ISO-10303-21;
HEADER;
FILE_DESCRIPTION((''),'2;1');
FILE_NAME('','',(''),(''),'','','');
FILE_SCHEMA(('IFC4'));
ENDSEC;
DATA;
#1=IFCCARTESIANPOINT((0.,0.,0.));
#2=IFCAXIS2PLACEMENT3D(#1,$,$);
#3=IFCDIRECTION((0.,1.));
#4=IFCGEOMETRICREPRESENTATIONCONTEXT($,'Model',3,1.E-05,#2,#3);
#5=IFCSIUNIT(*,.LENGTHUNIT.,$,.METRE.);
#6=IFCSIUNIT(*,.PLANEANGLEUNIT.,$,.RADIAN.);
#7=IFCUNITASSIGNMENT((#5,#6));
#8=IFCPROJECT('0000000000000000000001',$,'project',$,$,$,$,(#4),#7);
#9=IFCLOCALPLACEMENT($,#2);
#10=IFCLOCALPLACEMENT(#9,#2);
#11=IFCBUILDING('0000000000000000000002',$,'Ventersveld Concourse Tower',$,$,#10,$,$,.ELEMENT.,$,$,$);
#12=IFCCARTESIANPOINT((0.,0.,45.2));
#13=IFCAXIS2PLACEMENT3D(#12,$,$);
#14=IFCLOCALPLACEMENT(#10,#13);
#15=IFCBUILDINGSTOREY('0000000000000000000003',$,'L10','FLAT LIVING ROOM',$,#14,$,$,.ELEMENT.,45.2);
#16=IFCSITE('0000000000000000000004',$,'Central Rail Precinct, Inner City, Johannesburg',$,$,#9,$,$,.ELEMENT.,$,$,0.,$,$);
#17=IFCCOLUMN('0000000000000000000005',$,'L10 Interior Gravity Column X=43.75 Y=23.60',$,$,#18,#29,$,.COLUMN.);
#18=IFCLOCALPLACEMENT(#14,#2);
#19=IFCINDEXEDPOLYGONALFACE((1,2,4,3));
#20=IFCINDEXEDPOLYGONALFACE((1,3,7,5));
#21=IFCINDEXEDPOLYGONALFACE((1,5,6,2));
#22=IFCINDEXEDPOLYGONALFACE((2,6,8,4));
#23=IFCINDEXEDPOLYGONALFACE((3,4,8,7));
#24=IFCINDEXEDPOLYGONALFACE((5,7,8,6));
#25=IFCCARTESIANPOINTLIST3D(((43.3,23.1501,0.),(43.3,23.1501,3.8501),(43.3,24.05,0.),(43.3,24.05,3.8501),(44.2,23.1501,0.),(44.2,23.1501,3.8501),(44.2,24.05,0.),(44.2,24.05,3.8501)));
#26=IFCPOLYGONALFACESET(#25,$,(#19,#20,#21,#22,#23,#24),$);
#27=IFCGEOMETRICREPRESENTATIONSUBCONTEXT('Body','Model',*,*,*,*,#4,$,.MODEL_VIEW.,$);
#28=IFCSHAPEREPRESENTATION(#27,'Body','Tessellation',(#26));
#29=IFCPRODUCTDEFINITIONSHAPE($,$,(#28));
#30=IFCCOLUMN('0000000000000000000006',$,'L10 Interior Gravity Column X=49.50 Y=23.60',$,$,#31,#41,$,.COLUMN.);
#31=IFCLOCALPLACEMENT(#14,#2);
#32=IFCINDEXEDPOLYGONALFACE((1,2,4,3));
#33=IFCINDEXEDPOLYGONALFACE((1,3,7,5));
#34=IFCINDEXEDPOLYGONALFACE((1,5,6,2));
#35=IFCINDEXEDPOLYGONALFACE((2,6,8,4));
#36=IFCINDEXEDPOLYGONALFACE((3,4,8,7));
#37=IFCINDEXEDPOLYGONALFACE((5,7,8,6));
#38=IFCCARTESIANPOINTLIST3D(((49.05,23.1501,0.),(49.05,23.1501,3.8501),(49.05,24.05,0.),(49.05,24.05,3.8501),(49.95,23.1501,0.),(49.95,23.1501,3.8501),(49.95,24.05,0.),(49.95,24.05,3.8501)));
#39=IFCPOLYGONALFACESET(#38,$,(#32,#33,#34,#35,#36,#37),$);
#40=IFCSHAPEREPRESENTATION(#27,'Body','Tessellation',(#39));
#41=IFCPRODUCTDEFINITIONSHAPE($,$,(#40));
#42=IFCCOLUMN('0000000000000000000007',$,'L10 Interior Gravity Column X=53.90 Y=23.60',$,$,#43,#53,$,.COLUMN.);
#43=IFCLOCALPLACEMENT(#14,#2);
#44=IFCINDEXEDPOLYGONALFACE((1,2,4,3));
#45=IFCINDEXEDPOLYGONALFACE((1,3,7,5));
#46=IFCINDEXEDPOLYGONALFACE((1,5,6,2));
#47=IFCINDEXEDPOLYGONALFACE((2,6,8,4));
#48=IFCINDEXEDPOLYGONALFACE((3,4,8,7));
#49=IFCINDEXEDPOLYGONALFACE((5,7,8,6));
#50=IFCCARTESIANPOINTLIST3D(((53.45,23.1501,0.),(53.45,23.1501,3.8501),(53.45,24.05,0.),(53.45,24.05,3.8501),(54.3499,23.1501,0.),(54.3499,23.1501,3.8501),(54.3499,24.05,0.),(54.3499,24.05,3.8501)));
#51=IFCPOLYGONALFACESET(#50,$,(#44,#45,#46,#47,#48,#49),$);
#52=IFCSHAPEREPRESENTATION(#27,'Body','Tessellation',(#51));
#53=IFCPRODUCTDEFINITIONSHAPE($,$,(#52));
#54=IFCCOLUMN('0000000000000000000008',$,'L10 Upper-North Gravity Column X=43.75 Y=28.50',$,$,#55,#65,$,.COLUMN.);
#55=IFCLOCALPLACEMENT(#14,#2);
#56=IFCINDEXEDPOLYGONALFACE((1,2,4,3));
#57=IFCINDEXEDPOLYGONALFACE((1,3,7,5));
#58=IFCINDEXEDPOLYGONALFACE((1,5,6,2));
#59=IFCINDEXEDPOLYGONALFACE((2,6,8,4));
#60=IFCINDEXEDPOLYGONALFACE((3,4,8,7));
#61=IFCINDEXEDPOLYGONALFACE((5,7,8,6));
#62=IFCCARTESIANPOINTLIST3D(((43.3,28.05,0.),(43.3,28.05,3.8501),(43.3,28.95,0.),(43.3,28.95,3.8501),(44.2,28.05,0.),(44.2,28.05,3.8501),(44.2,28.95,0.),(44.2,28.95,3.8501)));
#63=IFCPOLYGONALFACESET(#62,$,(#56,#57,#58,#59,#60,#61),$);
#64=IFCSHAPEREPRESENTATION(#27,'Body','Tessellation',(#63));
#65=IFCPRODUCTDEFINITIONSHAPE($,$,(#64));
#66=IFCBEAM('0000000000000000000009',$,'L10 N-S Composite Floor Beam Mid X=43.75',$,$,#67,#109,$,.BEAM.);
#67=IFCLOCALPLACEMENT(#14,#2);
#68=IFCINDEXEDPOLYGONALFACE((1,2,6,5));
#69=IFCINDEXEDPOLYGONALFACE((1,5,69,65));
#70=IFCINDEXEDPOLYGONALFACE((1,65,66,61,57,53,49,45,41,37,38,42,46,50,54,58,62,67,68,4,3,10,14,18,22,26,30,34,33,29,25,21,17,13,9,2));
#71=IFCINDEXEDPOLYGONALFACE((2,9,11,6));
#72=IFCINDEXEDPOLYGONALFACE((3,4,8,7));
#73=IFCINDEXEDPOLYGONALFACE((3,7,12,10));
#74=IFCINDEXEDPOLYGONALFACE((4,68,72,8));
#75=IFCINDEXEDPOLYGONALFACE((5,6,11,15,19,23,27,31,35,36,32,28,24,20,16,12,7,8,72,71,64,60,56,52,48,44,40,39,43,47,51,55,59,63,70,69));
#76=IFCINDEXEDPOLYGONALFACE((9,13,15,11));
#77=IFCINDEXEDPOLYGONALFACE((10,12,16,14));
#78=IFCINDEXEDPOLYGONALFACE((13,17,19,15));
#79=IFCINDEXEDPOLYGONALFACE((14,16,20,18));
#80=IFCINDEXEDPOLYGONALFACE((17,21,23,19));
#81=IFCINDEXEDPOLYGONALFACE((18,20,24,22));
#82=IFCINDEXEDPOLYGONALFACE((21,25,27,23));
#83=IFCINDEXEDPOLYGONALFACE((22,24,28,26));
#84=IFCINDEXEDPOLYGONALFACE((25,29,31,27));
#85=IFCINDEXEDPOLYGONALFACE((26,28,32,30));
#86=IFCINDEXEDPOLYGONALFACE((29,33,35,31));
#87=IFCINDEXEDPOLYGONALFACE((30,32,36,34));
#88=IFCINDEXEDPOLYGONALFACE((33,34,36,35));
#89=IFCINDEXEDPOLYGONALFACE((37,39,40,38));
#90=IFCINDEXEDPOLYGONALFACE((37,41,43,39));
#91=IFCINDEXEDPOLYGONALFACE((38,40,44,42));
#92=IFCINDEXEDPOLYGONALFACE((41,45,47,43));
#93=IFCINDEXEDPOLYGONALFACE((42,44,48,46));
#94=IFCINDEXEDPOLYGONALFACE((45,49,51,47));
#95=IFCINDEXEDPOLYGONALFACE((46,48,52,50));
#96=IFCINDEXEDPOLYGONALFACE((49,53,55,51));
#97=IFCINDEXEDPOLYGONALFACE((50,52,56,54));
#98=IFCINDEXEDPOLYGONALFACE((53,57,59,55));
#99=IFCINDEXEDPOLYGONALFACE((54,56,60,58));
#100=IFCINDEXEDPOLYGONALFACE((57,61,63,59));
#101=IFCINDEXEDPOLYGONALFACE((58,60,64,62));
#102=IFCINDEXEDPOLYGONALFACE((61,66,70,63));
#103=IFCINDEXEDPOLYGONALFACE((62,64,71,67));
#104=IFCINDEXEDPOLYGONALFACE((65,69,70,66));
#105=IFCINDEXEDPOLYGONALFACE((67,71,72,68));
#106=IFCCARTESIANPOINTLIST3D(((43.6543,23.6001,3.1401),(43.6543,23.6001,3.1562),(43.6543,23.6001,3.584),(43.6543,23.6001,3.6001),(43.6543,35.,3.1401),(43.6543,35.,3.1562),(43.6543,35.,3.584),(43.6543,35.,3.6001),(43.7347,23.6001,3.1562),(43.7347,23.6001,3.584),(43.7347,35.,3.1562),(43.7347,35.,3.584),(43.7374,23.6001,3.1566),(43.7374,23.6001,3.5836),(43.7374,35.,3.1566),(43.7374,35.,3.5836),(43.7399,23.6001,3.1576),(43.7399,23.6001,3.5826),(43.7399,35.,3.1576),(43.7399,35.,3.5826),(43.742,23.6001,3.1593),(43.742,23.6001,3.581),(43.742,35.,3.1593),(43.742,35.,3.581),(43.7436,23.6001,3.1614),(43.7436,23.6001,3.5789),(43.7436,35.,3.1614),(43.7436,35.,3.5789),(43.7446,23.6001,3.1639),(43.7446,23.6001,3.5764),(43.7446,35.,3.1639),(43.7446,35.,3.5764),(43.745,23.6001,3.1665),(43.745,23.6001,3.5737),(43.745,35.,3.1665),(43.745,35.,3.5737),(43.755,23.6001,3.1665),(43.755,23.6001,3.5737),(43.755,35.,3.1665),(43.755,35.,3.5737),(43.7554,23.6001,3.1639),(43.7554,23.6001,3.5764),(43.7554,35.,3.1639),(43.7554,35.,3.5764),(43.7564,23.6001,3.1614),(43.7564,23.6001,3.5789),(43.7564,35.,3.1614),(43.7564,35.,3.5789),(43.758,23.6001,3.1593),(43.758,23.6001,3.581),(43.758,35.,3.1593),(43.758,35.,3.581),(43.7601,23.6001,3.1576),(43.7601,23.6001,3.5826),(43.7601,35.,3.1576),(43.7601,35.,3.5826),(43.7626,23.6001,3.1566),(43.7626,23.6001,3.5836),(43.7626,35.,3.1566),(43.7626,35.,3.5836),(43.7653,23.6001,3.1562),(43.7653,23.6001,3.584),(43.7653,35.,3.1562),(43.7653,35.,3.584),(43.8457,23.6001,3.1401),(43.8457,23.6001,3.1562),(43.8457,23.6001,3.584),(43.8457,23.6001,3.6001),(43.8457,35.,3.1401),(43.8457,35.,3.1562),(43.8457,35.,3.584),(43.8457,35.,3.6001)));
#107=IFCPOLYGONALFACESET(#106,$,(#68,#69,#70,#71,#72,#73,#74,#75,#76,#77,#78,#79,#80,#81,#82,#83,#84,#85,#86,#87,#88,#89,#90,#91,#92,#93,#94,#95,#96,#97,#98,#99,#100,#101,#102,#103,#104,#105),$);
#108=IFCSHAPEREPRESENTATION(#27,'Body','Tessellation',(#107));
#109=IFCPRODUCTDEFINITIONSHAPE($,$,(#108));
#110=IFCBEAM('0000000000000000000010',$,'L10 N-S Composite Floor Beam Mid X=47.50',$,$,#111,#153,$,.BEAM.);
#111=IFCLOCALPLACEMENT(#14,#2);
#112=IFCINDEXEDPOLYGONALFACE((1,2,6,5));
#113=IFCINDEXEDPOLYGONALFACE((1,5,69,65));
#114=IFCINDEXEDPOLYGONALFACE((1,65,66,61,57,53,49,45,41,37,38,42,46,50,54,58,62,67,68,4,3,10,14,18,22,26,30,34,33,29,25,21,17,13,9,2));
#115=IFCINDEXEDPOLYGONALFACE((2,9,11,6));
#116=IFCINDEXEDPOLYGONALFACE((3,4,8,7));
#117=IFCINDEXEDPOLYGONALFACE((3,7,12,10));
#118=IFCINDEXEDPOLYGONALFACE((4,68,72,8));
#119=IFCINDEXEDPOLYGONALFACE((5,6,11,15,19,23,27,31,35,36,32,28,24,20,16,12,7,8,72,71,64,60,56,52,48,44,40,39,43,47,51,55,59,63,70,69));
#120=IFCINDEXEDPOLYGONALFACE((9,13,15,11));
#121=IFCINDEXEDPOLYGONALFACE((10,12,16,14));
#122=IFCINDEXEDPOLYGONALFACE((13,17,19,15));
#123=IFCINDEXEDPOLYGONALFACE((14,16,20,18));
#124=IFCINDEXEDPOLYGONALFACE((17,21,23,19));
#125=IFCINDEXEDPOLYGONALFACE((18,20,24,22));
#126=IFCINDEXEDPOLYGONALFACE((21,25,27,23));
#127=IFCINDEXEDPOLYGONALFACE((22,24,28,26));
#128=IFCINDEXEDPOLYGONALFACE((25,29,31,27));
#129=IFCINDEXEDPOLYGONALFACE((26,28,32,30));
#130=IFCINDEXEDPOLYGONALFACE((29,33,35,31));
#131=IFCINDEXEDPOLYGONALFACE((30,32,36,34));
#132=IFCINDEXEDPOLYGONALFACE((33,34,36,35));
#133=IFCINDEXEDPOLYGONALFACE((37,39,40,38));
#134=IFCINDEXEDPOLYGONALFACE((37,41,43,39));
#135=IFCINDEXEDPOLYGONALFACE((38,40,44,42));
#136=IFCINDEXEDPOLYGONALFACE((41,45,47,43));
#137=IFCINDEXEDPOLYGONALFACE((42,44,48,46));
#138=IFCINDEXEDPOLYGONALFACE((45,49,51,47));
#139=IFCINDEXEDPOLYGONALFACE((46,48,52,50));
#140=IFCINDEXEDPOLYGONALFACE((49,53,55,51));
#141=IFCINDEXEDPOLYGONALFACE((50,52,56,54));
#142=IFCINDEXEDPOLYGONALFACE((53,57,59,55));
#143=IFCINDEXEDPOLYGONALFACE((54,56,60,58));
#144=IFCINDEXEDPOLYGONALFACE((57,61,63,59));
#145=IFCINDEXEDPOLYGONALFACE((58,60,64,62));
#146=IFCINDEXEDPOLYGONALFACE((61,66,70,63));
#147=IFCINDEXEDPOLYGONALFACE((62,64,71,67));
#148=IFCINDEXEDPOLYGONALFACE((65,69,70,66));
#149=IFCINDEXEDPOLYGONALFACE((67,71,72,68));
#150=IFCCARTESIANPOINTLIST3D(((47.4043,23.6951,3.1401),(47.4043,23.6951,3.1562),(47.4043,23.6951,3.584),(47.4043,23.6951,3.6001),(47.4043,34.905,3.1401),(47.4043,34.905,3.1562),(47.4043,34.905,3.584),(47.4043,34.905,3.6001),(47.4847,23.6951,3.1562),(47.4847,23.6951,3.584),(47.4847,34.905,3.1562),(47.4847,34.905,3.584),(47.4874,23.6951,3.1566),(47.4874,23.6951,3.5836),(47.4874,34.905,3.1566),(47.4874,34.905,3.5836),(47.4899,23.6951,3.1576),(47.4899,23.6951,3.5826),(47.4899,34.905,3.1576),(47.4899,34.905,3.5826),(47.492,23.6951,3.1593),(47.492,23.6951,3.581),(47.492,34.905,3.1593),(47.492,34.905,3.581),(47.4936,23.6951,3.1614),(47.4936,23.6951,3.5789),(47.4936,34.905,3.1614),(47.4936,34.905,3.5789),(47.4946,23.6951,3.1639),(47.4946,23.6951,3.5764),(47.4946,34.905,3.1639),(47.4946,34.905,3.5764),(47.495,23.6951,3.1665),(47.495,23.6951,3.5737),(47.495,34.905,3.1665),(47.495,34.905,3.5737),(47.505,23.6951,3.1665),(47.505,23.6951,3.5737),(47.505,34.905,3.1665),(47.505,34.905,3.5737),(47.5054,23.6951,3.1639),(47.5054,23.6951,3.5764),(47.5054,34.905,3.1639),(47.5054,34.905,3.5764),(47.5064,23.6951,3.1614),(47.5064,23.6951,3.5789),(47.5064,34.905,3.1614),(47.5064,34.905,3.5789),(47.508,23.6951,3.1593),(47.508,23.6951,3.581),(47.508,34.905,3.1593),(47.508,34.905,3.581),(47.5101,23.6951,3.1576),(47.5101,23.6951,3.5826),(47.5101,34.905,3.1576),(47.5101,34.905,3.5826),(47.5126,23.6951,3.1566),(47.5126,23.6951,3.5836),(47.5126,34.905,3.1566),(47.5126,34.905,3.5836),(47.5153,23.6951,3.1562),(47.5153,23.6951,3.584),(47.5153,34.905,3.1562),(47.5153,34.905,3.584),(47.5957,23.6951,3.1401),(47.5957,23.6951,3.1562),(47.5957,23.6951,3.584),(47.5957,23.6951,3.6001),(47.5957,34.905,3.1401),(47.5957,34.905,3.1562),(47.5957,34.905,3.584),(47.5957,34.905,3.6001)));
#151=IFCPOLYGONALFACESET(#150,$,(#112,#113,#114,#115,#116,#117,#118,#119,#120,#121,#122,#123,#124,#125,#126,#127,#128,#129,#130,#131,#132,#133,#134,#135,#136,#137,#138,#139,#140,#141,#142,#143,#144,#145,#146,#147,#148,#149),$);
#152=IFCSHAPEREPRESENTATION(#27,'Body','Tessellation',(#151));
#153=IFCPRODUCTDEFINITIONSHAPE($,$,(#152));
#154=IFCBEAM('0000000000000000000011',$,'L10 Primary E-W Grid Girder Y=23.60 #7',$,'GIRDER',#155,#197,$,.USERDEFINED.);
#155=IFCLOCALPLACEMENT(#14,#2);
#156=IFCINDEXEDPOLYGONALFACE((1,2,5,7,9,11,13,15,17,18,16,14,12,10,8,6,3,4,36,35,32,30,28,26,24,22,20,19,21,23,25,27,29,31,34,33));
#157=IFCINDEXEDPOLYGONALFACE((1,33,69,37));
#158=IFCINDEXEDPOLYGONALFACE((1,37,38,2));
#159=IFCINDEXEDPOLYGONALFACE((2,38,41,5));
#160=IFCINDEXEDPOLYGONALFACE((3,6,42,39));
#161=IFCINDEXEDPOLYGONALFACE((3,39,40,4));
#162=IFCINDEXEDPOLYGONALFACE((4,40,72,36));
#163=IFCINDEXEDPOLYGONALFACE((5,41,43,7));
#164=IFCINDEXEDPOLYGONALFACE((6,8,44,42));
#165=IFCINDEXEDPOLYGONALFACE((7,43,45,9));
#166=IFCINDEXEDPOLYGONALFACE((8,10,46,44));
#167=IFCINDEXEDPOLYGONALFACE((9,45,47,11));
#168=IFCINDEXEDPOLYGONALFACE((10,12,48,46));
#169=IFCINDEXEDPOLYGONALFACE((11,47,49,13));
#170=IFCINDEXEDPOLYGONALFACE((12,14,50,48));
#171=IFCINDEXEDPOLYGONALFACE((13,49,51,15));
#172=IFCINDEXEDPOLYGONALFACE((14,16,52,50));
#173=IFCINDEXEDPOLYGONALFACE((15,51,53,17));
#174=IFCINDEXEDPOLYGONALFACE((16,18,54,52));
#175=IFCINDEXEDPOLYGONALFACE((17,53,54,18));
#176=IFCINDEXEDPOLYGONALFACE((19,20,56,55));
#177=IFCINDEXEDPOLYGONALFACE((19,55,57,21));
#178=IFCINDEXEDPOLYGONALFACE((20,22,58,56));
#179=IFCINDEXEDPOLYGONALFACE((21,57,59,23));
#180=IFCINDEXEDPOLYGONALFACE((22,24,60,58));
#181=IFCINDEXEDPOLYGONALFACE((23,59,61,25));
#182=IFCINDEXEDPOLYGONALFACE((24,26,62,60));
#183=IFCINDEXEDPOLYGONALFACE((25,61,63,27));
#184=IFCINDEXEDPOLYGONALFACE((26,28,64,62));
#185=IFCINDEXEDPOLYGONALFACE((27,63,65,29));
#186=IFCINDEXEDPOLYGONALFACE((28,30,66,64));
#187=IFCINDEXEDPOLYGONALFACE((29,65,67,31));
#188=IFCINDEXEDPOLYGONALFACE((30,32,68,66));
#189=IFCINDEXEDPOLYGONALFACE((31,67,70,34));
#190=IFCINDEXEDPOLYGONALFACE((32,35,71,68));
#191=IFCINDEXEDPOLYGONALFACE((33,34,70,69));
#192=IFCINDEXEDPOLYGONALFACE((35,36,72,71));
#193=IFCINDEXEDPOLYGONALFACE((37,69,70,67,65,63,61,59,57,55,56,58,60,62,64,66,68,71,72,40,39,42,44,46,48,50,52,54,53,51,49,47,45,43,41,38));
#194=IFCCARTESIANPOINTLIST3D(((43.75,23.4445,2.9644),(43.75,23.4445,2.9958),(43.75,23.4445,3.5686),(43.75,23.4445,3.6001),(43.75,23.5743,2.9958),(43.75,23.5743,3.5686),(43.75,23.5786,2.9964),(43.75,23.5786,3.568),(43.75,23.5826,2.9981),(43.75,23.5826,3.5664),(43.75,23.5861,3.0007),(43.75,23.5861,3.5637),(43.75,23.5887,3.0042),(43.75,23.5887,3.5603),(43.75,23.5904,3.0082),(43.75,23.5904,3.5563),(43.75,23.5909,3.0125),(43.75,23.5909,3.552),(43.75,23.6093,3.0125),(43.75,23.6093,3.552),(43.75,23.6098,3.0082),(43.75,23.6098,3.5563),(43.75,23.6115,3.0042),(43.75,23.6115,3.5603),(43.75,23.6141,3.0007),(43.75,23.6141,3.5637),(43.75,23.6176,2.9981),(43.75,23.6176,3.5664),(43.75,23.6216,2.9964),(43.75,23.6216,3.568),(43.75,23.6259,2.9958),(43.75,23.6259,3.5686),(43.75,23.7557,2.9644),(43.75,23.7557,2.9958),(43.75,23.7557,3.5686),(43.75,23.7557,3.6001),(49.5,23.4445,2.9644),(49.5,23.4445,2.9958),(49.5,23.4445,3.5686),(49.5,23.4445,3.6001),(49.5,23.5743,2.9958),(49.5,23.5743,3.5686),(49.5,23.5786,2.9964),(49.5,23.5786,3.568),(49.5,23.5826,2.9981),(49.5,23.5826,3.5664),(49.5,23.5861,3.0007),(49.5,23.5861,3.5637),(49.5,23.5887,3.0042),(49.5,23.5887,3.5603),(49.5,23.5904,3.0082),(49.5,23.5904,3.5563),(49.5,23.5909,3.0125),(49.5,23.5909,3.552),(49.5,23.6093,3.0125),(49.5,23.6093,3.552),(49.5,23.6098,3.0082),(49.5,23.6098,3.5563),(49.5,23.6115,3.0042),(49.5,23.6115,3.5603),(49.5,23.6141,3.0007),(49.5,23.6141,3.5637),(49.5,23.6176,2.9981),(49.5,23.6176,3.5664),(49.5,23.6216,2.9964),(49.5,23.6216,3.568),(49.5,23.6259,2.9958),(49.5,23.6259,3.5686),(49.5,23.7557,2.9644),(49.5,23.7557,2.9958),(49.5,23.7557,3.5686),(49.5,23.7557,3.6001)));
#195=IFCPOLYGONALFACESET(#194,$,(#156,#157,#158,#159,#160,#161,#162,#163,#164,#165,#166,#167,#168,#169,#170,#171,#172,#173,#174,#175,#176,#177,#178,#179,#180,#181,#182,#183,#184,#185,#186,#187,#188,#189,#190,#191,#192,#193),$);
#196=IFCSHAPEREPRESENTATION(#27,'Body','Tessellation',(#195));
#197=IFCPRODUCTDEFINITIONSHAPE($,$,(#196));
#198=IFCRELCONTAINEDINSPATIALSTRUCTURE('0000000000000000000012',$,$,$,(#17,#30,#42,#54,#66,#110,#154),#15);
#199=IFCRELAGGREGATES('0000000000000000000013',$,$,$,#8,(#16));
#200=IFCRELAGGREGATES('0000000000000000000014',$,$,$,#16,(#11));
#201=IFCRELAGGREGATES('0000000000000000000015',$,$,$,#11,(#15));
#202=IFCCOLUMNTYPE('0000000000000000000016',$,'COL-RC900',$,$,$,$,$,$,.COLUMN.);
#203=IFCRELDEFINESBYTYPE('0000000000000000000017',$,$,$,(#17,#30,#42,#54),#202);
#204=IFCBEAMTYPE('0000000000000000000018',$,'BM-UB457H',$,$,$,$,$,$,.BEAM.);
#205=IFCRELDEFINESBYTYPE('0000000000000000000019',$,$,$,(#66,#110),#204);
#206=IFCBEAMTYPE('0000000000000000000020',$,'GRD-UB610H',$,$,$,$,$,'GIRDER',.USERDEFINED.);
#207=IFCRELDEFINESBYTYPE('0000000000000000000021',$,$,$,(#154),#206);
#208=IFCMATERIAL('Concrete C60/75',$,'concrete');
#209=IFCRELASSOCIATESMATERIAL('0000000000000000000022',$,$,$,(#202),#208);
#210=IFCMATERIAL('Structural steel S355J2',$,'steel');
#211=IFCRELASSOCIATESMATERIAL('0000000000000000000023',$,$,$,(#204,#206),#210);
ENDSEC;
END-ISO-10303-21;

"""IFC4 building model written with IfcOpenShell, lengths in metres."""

from ifc_helpers import new_model, si_unit, direction, frame, origin, origin_2d, place, context, subcontext, project, spatial, rectangle, i_section, extrude, material, material_profile, profile_set, type_object, element, save


model = new_model("IFC4")

# Units and contexts
model_context = context("Model", 3, precision=1e-05, world=origin(), true_north=direction((0.0, 1.0)))
body_context = subcontext(model_context, "Body", "Model", "MODEL_VIEW")
ifc_project = project(units=[si_unit("LENGTHUNIT", "METRE"), si_unit("PLANEANGLEUNIT", "RADIAN")], contexts=[model_context])

# Site, building, storey
site_placement = place(None, origin())
site = spatial("IfcSite", under=ifc_project, at=site_placement, Name="Central Rail Precinct, Inner City, Johannesburg", CompositionType="ELEMENT", RefElevation=0.0)
building_placement = place(site_placement, origin())
building = spatial("IfcBuilding", under=site, at=building_placement, Name="Ventersveld Concourse Tower", CompositionType="ELEMENT")
storey_placement = place(building_placement, frame((0.0, 0.0, 45.2)))
storey = spatial("IfcBuildingStorey", under=building, at=storey_placement, Name="L10", Description="FLAT LIVING ROOM", CompositionType="ELEMENT", Elevation=45.2)

# Columns
ifc_material_1 = material(Name="Concrete C60/75", Category="concrete")
ifc_material_profile_1 = material_profile(ifc_material_1, rectangle(XDim=0.8999, YDim=0.8999, at=origin_2d()), Name="RC 900x900")
ifc_profile_set_1 = profile_set([ifc_material_profile_1], Name="Concrete C60/75")
column_type = type_object("IfcColumnType", Name="COL-RC900", PredefinedType="COLUMN", material=ifc_profile_set_1)
for number, where, z_axis, x_axis, name in (
    (1, (43.75, 23.6001, 0.0), (0.0, 0.0, 1.0), (1.0, 0.0, 0.0), "L10 Interior Gravity Column X=43.75 Y=23.60"),
    (2, (49.5, 23.6001, 0.0), (0.0, 0.0, 1.0), (1.0, 0.0, 0.0), "L10 Interior Gravity Column X=49.50 Y=23.60"),
    (3, (53.8999, 23.6001, 0.0), (0.0, 0.0, 1.0), (1.0, 0.0, 0.0), "L10 Interior Gravity Column X=53.90 Y=23.60"),
    (4, (43.75, 28.5, 0.0), (0.0, 0.0, 1.0), (1.0, 0.0, 0.0), "L10 Upper-North Gravity Column X=43.75 Y=28.50"),
):
    element("IfcColumn", number, at=place(storey_placement, frame(where, z_axis=z_axis, x_axis=x_axis)), inside=storey, type_object=column_type, Name=name, PredefinedType="COLUMN", context=body_context, shape_type="SweptSolid", body=[
        extrude(rectangle(XDim=0.8999, YDim=0.8999, at=origin_2d()), origin(), (0.0, 0.0, 1.0), 3.8501),
    ])

# Beams
ifc_material_2 = material(Name="Structural steel S355J2", Category="steel")
ifc_material_profile_2 = material_profile(ifc_material_2, i_section(OverallWidth=0.1914, OverallDepth=0.46, WebThickness=0.01, FlangeThickness=0.0161, FilletRadius=0.0103, at=origin_2d()), Name="UB 457x191x82")
ifc_profile_set_2 = profile_set([ifc_material_profile_2], Name="Structural steel S355J2")
beam_type_1 = type_object("IfcBeamType", Name="BM-UB457H", PredefinedType="BEAM", material=ifc_profile_set_2)
beam_1_placement = place(storey_placement, frame((43.75, 23.6001, 3.3701), z_axis=(0.0, 1.0, 0.0), x_axis=(-1.0, 0.0, 0.0)))
element("IfcBeam", 5, at=beam_1_placement, inside=storey, type_object=beam_type_1, Name="L10 N-S Composite Floor Beam Mid X=43.75", PredefinedType="BEAM", context=body_context, shape_type="SweptSolid", body=[
    extrude(i_section(OverallWidth=0.1914, OverallDepth=0.46, WebThickness=0.01, FlangeThickness=0.0161, FilletRadius=0.0103, at=origin_2d()), origin(), (0.0, 0.0, 1.0), 11.3999),
])
beam_2_placement = place(storey_placement, frame((47.5, 23.6951, 3.3701), z_axis=(0.0, 1.0, 0.0), x_axis=(-1.0, 0.0, 0.0)))
element("IfcBeam", 6, at=beam_2_placement, inside=storey, type_object=beam_type_1, Name="L10 N-S Composite Floor Beam Mid X=47.50", PredefinedType="BEAM", context=body_context, shape_type="SweptSolid", body=[
    extrude(i_section(OverallWidth=0.1914, OverallDepth=0.46, WebThickness=0.01, FlangeThickness=0.0161, FilletRadius=0.0103, at=origin_2d()), origin(), (0.0, 0.0, 1.0), 11.21),
])
ifc_material_profile_3 = material_profile(ifc_material_2, i_section(OverallWidth=0.3113, OverallDepth=0.6357, WebThickness=0.0183, FlangeThickness=0.0315, FilletRadius=0.0166, at=origin_2d()), Name="UB 610x305x238")
ifc_profile_set_3 = profile_set([ifc_material_profile_3], Name="Structural steel S355J2")
beam_type_2 = type_object("IfcBeamType", Name="GRD-UB610H", ElementType="GIRDER", PredefinedType="USERDEFINED", material=ifc_profile_set_3)
beam_3_placement = place(storey_placement, frame((43.75, 23.6001, 3.2822), z_axis=(1.0, 0.0, 0.0), x_axis=(0.0, 1.0, 0.0)))
element("IfcBeam", 7, at=beam_3_placement, inside=storey, type_object=beam_type_2, Name="L10 Primary E-W Grid Girder Y=23.60 #7", ObjectType="GIRDER", PredefinedType="USERDEFINED", context=body_context, shape_type="SweptSolid", body=[
    extrude(i_section(OverallWidth=0.3113, OverallDepth=0.6357, WebThickness=0.0183, FlangeThickness=0.0315, FilletRadius=0.0166, at=origin_2d()), origin(), (0.0, 0.0, 1.0), 5.75),
])

save(model, "model.ifc")
